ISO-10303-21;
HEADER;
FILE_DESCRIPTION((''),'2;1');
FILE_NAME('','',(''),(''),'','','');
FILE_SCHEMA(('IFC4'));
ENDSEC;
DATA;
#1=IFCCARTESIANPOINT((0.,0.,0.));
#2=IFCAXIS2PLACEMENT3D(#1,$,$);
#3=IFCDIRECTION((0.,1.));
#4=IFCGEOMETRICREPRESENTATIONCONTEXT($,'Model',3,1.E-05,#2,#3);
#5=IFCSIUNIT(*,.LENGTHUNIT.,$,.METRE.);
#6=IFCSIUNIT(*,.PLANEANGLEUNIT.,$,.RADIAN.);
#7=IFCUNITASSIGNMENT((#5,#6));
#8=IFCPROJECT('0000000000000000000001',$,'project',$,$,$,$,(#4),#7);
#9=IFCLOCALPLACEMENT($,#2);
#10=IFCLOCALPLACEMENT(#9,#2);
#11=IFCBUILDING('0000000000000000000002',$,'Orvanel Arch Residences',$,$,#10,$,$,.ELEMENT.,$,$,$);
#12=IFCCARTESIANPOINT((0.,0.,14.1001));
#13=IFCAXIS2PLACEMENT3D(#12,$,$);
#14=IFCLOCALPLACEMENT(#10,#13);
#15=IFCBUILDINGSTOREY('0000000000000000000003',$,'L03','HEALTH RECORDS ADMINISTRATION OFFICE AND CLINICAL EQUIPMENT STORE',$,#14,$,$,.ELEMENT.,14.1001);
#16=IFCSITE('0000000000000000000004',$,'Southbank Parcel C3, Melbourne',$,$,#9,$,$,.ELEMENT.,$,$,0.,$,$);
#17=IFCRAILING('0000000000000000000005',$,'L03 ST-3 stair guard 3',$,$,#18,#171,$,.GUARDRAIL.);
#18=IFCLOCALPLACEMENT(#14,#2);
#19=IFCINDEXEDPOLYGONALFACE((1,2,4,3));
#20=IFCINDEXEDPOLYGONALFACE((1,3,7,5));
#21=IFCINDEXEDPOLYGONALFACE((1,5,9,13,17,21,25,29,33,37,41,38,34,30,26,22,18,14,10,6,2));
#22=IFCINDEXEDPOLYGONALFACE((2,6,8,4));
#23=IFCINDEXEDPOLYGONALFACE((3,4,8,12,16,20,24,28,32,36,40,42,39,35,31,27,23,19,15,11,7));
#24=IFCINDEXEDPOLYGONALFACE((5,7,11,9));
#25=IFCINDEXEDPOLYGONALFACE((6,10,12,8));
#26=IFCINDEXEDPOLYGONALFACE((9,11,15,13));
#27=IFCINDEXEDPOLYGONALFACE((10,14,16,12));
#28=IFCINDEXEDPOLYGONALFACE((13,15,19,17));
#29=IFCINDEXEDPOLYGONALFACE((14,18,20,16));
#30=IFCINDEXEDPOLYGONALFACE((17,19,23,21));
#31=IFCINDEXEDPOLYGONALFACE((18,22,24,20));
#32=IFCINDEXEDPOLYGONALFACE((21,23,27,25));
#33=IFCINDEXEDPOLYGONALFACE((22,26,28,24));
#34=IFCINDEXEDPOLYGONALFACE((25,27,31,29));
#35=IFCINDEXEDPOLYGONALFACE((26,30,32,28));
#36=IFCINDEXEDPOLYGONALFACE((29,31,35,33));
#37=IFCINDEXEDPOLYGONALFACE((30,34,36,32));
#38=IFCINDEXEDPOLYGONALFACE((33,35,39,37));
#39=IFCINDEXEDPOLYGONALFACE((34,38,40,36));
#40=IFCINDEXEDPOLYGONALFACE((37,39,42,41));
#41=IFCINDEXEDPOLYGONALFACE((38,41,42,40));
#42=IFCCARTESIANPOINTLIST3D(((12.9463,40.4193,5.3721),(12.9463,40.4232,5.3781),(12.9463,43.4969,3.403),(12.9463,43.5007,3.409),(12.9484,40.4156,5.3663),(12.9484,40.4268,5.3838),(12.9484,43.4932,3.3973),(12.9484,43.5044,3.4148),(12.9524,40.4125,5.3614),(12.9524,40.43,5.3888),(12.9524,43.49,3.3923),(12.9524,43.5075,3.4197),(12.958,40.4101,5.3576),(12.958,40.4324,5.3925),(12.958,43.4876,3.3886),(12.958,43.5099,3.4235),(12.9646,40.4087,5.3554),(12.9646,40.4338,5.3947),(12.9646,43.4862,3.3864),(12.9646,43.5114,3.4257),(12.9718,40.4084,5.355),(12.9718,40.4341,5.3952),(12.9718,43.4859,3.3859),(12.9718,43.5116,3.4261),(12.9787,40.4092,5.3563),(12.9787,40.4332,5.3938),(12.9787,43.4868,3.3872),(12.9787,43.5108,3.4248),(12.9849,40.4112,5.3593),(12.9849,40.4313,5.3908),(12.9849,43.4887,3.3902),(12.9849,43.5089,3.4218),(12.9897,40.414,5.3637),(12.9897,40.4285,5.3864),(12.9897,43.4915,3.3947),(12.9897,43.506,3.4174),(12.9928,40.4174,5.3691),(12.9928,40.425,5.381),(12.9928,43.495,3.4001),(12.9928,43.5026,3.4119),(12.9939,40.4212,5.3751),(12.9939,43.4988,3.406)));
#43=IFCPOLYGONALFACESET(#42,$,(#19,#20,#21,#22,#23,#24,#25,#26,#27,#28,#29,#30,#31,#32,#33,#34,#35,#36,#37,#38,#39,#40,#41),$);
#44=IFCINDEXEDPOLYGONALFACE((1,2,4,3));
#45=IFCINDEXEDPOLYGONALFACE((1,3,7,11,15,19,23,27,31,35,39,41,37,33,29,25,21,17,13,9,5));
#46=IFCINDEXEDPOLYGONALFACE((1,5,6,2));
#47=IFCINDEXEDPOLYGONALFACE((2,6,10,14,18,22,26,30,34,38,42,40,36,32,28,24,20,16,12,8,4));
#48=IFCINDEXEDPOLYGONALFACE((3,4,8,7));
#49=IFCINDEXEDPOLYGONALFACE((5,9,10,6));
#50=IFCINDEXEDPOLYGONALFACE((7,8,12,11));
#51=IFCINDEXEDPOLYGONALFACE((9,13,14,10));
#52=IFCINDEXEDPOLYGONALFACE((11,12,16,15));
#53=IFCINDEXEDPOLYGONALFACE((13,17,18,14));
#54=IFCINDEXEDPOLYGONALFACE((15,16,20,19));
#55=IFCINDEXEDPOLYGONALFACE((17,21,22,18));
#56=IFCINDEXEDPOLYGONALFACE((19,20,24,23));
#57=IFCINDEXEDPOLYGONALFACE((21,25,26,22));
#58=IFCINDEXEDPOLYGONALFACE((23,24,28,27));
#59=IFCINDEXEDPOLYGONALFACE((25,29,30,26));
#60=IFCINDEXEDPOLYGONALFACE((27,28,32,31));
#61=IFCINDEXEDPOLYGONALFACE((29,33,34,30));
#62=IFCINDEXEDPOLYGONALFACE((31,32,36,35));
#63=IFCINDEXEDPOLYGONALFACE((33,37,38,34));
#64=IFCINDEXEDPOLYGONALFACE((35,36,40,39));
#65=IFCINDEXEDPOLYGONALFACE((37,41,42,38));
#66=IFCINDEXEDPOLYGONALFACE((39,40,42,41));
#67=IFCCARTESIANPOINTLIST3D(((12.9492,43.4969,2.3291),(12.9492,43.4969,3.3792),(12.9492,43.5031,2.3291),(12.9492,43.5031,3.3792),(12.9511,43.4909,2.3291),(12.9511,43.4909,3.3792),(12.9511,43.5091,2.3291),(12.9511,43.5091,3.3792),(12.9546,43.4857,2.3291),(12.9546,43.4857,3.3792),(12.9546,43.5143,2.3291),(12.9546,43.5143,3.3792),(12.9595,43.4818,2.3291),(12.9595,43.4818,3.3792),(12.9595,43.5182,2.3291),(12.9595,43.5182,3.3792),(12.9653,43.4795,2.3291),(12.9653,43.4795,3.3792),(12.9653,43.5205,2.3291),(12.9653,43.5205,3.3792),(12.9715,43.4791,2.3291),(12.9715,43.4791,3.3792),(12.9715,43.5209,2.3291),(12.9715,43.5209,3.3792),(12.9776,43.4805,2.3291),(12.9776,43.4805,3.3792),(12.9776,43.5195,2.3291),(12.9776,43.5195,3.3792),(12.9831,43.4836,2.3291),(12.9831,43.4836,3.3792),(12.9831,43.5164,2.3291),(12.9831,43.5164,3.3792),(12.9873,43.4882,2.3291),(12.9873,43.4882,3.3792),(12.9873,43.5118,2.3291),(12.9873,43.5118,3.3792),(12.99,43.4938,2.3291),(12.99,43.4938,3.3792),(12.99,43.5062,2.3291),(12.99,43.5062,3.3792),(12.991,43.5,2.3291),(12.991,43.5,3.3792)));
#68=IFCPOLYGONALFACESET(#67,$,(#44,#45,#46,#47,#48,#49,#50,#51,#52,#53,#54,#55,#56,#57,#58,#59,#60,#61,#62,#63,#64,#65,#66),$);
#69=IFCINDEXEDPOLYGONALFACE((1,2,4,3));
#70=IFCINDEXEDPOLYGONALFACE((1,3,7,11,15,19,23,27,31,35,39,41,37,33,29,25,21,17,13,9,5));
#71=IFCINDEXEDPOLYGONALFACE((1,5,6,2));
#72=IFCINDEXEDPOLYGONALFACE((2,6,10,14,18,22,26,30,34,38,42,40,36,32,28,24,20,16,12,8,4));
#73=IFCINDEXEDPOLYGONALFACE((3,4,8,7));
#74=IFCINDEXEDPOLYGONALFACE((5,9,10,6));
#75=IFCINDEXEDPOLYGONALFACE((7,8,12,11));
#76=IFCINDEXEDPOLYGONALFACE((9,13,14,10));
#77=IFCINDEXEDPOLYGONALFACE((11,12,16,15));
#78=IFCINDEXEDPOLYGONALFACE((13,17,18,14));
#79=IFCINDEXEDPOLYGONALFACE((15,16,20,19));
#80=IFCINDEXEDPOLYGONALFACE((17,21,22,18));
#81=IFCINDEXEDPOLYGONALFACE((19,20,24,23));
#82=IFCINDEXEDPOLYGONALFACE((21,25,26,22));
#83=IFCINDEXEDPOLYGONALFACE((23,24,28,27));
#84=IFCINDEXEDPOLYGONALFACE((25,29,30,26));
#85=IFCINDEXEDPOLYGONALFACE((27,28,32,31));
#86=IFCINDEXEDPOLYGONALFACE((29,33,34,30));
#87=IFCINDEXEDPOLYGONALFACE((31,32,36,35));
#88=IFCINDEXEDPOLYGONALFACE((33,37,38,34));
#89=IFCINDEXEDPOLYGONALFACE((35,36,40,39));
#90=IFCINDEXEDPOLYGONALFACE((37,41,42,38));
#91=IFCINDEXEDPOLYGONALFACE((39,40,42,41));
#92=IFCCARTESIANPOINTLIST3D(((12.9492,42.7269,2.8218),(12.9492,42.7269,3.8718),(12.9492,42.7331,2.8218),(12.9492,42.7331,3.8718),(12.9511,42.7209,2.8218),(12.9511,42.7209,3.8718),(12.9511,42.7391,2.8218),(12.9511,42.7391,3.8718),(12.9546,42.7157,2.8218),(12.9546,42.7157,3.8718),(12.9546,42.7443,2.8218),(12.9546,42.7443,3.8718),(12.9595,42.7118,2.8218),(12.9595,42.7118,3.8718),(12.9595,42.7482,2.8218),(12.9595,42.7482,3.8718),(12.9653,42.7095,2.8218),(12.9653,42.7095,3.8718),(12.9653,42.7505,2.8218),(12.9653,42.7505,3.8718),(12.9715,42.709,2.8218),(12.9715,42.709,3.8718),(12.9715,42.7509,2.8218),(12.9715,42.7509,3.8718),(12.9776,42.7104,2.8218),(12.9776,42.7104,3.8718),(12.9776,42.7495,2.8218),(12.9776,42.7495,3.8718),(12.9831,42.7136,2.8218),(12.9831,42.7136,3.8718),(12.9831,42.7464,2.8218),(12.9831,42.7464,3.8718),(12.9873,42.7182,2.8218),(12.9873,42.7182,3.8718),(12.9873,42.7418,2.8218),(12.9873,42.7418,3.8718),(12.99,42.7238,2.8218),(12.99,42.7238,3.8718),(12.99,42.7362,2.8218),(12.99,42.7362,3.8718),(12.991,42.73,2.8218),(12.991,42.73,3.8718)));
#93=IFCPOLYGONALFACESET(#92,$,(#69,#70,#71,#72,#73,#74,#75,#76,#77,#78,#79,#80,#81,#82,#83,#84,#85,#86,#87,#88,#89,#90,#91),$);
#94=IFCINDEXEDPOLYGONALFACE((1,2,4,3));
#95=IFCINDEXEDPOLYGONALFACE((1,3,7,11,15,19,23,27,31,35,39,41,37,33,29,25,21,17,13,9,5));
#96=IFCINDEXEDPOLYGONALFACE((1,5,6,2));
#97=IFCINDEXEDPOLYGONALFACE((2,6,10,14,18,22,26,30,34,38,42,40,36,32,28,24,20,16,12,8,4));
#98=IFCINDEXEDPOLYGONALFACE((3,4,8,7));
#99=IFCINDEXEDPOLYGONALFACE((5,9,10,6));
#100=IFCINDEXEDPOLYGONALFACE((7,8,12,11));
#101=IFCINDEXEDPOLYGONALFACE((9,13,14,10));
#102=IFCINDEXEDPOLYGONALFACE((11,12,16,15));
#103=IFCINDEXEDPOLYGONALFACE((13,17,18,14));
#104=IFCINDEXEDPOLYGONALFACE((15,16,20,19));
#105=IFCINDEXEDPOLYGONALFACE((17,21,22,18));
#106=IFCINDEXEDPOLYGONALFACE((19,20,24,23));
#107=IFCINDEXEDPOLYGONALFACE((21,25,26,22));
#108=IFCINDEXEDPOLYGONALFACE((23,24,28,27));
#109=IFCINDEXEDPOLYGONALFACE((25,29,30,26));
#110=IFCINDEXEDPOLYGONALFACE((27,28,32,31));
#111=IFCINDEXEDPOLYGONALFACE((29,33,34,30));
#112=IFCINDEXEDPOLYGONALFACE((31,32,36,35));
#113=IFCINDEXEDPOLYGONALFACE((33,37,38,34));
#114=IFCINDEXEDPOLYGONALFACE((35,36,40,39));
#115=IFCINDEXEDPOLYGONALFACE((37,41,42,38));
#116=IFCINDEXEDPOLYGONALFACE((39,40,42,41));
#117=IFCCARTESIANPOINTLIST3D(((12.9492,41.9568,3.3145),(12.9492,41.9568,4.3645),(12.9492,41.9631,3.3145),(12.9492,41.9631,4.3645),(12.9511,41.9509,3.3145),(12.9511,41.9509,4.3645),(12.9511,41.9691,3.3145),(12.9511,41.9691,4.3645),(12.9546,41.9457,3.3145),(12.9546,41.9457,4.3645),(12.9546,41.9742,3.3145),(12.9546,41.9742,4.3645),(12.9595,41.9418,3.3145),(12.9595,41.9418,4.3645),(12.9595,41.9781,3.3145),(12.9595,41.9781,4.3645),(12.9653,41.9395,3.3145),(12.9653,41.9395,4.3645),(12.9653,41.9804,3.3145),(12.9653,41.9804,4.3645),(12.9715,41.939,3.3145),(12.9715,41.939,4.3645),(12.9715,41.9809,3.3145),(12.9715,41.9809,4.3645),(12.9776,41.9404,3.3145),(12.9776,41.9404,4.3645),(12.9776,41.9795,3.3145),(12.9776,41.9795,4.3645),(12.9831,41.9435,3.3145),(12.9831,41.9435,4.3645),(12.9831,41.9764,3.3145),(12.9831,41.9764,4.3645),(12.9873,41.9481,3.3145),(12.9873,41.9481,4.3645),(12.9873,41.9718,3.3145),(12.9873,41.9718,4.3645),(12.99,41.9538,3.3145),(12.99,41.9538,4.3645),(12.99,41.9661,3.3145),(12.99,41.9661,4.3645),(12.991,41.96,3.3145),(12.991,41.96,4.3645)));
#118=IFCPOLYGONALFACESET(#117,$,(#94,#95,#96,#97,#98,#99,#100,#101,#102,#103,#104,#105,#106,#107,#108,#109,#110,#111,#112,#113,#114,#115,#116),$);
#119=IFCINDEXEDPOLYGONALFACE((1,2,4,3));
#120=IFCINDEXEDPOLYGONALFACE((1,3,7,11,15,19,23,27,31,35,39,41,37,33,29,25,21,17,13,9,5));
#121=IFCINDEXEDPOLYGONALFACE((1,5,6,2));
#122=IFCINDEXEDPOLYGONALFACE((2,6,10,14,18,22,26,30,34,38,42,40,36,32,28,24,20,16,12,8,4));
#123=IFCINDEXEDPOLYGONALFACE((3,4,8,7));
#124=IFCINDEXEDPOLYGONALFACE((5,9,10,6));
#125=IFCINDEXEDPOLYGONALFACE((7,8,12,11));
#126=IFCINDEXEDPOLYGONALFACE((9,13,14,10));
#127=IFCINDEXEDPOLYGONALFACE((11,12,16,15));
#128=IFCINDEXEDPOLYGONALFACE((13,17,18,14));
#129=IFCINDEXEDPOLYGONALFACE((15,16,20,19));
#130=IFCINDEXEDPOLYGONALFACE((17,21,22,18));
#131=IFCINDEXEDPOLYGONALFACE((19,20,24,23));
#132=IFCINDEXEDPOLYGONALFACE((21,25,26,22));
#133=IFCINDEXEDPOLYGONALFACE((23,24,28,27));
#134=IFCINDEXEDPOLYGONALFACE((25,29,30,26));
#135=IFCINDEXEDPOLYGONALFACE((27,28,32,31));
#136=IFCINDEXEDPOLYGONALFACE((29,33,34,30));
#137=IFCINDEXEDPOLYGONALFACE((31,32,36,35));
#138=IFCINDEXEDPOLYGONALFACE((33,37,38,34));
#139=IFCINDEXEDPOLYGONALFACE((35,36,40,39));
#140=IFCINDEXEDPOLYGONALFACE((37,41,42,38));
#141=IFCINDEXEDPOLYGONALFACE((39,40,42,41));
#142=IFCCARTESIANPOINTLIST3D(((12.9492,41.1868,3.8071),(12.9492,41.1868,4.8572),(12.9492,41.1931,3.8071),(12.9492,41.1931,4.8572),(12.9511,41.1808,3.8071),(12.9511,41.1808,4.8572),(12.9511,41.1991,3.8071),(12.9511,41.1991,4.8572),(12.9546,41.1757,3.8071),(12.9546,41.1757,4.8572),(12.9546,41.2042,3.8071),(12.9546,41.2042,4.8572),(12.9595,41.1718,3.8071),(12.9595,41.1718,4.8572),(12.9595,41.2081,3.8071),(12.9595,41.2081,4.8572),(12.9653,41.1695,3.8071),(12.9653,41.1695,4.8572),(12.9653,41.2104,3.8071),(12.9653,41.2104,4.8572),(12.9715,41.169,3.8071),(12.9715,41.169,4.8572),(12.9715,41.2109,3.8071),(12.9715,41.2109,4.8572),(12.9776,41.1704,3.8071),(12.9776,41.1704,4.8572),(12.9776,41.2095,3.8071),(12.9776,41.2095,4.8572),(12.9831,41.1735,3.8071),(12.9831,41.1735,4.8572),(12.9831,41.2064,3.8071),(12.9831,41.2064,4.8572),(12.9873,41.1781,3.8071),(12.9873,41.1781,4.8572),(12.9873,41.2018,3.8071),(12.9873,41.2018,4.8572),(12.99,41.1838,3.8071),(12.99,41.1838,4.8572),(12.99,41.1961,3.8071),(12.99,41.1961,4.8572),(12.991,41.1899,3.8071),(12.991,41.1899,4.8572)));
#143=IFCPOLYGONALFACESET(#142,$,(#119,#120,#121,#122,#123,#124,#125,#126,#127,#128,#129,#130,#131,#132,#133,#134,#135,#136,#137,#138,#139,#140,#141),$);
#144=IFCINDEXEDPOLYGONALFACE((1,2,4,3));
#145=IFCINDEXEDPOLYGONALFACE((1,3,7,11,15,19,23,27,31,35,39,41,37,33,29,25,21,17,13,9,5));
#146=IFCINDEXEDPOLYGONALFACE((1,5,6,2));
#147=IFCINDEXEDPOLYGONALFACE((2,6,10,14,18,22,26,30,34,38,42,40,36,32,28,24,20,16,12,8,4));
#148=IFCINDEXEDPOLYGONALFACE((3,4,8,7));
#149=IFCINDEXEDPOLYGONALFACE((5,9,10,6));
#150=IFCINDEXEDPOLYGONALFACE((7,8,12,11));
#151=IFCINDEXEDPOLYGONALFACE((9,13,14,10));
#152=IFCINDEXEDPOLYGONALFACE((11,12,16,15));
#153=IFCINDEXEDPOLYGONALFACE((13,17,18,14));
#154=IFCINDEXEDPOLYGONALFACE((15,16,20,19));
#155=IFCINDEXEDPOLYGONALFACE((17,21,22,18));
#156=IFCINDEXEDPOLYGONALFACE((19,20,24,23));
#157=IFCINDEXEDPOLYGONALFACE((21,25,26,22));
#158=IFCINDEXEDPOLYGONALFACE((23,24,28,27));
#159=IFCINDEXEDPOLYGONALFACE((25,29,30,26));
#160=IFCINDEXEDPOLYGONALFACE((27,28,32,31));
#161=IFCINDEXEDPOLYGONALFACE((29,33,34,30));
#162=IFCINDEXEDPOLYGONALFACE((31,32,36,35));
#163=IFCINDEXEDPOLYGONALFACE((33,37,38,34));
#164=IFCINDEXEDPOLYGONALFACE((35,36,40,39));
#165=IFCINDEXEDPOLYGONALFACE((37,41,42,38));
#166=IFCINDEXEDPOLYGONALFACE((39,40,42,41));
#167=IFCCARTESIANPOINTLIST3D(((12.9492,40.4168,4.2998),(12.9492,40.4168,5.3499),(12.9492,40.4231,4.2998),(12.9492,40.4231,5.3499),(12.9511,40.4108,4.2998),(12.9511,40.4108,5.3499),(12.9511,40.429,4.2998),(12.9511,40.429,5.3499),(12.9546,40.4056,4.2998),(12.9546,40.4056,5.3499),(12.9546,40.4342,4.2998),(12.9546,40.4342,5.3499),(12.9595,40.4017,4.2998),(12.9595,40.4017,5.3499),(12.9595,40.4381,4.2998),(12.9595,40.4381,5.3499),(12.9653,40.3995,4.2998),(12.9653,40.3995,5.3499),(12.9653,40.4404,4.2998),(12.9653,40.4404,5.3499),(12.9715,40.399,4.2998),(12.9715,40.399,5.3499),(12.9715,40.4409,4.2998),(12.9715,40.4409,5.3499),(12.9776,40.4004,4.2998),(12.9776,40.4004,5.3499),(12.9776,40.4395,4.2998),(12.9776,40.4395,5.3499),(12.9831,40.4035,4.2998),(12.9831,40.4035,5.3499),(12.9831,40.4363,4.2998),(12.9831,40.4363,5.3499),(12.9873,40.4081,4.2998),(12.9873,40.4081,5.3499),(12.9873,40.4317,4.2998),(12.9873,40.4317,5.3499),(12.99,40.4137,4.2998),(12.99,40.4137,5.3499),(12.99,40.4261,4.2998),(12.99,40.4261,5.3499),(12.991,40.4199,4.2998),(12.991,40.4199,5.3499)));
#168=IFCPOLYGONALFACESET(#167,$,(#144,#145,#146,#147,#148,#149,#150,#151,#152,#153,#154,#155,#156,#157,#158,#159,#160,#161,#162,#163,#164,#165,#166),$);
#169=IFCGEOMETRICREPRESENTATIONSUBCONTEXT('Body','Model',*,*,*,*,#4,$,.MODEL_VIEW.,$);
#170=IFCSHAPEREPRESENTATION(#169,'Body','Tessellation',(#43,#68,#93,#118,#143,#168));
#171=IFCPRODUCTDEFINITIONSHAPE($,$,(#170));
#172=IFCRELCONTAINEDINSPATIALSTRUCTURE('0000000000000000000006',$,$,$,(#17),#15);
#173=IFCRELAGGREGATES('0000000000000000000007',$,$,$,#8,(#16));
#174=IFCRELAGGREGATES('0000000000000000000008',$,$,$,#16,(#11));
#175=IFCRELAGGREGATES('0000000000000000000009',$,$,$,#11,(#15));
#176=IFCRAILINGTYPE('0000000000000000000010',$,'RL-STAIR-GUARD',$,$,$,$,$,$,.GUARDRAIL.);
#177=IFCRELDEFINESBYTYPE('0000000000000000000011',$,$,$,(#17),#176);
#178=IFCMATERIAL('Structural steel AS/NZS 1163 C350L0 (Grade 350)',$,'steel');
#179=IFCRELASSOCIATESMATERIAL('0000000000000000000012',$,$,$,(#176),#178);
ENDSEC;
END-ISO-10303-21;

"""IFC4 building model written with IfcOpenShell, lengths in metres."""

from ifc_helpers import new_model, si_unit, direction, frame, origin, origin_2d, place, context, subcontext, project, spatial, circle, extrude, material, type_object, element, save


model = new_model("IFC4")

# Units and contexts
model_context = context("Model", 3, precision=1e-05, world=origin(), true_north=direction((0.0, 1.0)))
body_context = subcontext(model_context, "Body", "Model", "MODEL_VIEW")
ifc_project = project(units=[si_unit("LENGTHUNIT", "METRE"), si_unit("PLANEANGLEUNIT", "RADIAN")], contexts=[model_context])

# Site, building, storey
site_placement = place(None, origin())
site = spatial("IfcSite", under=ifc_project, at=site_placement, Name="Southbank Parcel C3, Melbourne", CompositionType="ELEMENT", RefElevation=0.0)
building_placement = place(site_placement, origin())
building = spatial("IfcBuilding", under=site, at=building_placement, Name="Orvanel Arch Residences", CompositionType="ELEMENT")
storey_placement = place(building_placement, frame((0.0, 0.0, 14.1001)))
storey = spatial("IfcBuildingStorey", under=building, at=storey_placement, Name="L03", Description="HEALTH RECORDS ADMINISTRATION OFFICE AND CLINICAL EQUIPMENT STORE", CompositionType="ELEMENT", Elevation=14.1001)

# Railing
ifc_material_1 = material(Name="Structural steel AS/NZS 1163 C350L0 (Grade 350)", Category="steel")
railing_type_1 = type_object("IfcRailingType", Name="RL-STAIR-GUARD", PredefinedType="GUARDRAIL", material=ifc_material_1)
railing_1_placement = place(storey_placement, frame((12.97, 43.5, 2.3291)))
element("IfcRailing", 1, at=railing_1_placement, inside=storey, type_object=railing_type_1, Name="L03 ST-3 stair guard 3", PredefinedType="GUARDRAIL", context=body_context, shape_type="SweptSolid", body=[
    extrude(circle(Radius=0.0239, at=origin_2d()), frame((0.0, -0.0012, 1.0769), z_axis=(0.0, -0.842339, 0.538948), x_axis=(1.0, 0.0, 0.0)), (0.0, 0.0, 1.0), 3.6536),
    extrude(circle(Radius=0.021, at=origin_2d()), origin(), (0.0, 0.0, 1.0), 1.05),
    extrude(circle(Radius=0.021, at=origin_2d()), frame((0.0, -0.77, 0.4927)), (0.0, 0.0, 1.0), 1.05),
    extrude(circle(Radius=0.021, at=origin_2d()), frame((0.0, -1.54, 0.9854)), (0.0, 0.0, 1.0), 1.05),
    extrude(circle(Radius=0.021, at=origin_2d()), frame((0.0, -2.3101, 1.478)), (0.0, 0.0, 1.0), 1.05),
    extrude(circle(Radius=0.021, at=origin_2d()), frame((0.0, -3.0801, 1.9707)), (0.0, 0.0, 1.0), 1.05),
])

save(model, "model.ifc")
